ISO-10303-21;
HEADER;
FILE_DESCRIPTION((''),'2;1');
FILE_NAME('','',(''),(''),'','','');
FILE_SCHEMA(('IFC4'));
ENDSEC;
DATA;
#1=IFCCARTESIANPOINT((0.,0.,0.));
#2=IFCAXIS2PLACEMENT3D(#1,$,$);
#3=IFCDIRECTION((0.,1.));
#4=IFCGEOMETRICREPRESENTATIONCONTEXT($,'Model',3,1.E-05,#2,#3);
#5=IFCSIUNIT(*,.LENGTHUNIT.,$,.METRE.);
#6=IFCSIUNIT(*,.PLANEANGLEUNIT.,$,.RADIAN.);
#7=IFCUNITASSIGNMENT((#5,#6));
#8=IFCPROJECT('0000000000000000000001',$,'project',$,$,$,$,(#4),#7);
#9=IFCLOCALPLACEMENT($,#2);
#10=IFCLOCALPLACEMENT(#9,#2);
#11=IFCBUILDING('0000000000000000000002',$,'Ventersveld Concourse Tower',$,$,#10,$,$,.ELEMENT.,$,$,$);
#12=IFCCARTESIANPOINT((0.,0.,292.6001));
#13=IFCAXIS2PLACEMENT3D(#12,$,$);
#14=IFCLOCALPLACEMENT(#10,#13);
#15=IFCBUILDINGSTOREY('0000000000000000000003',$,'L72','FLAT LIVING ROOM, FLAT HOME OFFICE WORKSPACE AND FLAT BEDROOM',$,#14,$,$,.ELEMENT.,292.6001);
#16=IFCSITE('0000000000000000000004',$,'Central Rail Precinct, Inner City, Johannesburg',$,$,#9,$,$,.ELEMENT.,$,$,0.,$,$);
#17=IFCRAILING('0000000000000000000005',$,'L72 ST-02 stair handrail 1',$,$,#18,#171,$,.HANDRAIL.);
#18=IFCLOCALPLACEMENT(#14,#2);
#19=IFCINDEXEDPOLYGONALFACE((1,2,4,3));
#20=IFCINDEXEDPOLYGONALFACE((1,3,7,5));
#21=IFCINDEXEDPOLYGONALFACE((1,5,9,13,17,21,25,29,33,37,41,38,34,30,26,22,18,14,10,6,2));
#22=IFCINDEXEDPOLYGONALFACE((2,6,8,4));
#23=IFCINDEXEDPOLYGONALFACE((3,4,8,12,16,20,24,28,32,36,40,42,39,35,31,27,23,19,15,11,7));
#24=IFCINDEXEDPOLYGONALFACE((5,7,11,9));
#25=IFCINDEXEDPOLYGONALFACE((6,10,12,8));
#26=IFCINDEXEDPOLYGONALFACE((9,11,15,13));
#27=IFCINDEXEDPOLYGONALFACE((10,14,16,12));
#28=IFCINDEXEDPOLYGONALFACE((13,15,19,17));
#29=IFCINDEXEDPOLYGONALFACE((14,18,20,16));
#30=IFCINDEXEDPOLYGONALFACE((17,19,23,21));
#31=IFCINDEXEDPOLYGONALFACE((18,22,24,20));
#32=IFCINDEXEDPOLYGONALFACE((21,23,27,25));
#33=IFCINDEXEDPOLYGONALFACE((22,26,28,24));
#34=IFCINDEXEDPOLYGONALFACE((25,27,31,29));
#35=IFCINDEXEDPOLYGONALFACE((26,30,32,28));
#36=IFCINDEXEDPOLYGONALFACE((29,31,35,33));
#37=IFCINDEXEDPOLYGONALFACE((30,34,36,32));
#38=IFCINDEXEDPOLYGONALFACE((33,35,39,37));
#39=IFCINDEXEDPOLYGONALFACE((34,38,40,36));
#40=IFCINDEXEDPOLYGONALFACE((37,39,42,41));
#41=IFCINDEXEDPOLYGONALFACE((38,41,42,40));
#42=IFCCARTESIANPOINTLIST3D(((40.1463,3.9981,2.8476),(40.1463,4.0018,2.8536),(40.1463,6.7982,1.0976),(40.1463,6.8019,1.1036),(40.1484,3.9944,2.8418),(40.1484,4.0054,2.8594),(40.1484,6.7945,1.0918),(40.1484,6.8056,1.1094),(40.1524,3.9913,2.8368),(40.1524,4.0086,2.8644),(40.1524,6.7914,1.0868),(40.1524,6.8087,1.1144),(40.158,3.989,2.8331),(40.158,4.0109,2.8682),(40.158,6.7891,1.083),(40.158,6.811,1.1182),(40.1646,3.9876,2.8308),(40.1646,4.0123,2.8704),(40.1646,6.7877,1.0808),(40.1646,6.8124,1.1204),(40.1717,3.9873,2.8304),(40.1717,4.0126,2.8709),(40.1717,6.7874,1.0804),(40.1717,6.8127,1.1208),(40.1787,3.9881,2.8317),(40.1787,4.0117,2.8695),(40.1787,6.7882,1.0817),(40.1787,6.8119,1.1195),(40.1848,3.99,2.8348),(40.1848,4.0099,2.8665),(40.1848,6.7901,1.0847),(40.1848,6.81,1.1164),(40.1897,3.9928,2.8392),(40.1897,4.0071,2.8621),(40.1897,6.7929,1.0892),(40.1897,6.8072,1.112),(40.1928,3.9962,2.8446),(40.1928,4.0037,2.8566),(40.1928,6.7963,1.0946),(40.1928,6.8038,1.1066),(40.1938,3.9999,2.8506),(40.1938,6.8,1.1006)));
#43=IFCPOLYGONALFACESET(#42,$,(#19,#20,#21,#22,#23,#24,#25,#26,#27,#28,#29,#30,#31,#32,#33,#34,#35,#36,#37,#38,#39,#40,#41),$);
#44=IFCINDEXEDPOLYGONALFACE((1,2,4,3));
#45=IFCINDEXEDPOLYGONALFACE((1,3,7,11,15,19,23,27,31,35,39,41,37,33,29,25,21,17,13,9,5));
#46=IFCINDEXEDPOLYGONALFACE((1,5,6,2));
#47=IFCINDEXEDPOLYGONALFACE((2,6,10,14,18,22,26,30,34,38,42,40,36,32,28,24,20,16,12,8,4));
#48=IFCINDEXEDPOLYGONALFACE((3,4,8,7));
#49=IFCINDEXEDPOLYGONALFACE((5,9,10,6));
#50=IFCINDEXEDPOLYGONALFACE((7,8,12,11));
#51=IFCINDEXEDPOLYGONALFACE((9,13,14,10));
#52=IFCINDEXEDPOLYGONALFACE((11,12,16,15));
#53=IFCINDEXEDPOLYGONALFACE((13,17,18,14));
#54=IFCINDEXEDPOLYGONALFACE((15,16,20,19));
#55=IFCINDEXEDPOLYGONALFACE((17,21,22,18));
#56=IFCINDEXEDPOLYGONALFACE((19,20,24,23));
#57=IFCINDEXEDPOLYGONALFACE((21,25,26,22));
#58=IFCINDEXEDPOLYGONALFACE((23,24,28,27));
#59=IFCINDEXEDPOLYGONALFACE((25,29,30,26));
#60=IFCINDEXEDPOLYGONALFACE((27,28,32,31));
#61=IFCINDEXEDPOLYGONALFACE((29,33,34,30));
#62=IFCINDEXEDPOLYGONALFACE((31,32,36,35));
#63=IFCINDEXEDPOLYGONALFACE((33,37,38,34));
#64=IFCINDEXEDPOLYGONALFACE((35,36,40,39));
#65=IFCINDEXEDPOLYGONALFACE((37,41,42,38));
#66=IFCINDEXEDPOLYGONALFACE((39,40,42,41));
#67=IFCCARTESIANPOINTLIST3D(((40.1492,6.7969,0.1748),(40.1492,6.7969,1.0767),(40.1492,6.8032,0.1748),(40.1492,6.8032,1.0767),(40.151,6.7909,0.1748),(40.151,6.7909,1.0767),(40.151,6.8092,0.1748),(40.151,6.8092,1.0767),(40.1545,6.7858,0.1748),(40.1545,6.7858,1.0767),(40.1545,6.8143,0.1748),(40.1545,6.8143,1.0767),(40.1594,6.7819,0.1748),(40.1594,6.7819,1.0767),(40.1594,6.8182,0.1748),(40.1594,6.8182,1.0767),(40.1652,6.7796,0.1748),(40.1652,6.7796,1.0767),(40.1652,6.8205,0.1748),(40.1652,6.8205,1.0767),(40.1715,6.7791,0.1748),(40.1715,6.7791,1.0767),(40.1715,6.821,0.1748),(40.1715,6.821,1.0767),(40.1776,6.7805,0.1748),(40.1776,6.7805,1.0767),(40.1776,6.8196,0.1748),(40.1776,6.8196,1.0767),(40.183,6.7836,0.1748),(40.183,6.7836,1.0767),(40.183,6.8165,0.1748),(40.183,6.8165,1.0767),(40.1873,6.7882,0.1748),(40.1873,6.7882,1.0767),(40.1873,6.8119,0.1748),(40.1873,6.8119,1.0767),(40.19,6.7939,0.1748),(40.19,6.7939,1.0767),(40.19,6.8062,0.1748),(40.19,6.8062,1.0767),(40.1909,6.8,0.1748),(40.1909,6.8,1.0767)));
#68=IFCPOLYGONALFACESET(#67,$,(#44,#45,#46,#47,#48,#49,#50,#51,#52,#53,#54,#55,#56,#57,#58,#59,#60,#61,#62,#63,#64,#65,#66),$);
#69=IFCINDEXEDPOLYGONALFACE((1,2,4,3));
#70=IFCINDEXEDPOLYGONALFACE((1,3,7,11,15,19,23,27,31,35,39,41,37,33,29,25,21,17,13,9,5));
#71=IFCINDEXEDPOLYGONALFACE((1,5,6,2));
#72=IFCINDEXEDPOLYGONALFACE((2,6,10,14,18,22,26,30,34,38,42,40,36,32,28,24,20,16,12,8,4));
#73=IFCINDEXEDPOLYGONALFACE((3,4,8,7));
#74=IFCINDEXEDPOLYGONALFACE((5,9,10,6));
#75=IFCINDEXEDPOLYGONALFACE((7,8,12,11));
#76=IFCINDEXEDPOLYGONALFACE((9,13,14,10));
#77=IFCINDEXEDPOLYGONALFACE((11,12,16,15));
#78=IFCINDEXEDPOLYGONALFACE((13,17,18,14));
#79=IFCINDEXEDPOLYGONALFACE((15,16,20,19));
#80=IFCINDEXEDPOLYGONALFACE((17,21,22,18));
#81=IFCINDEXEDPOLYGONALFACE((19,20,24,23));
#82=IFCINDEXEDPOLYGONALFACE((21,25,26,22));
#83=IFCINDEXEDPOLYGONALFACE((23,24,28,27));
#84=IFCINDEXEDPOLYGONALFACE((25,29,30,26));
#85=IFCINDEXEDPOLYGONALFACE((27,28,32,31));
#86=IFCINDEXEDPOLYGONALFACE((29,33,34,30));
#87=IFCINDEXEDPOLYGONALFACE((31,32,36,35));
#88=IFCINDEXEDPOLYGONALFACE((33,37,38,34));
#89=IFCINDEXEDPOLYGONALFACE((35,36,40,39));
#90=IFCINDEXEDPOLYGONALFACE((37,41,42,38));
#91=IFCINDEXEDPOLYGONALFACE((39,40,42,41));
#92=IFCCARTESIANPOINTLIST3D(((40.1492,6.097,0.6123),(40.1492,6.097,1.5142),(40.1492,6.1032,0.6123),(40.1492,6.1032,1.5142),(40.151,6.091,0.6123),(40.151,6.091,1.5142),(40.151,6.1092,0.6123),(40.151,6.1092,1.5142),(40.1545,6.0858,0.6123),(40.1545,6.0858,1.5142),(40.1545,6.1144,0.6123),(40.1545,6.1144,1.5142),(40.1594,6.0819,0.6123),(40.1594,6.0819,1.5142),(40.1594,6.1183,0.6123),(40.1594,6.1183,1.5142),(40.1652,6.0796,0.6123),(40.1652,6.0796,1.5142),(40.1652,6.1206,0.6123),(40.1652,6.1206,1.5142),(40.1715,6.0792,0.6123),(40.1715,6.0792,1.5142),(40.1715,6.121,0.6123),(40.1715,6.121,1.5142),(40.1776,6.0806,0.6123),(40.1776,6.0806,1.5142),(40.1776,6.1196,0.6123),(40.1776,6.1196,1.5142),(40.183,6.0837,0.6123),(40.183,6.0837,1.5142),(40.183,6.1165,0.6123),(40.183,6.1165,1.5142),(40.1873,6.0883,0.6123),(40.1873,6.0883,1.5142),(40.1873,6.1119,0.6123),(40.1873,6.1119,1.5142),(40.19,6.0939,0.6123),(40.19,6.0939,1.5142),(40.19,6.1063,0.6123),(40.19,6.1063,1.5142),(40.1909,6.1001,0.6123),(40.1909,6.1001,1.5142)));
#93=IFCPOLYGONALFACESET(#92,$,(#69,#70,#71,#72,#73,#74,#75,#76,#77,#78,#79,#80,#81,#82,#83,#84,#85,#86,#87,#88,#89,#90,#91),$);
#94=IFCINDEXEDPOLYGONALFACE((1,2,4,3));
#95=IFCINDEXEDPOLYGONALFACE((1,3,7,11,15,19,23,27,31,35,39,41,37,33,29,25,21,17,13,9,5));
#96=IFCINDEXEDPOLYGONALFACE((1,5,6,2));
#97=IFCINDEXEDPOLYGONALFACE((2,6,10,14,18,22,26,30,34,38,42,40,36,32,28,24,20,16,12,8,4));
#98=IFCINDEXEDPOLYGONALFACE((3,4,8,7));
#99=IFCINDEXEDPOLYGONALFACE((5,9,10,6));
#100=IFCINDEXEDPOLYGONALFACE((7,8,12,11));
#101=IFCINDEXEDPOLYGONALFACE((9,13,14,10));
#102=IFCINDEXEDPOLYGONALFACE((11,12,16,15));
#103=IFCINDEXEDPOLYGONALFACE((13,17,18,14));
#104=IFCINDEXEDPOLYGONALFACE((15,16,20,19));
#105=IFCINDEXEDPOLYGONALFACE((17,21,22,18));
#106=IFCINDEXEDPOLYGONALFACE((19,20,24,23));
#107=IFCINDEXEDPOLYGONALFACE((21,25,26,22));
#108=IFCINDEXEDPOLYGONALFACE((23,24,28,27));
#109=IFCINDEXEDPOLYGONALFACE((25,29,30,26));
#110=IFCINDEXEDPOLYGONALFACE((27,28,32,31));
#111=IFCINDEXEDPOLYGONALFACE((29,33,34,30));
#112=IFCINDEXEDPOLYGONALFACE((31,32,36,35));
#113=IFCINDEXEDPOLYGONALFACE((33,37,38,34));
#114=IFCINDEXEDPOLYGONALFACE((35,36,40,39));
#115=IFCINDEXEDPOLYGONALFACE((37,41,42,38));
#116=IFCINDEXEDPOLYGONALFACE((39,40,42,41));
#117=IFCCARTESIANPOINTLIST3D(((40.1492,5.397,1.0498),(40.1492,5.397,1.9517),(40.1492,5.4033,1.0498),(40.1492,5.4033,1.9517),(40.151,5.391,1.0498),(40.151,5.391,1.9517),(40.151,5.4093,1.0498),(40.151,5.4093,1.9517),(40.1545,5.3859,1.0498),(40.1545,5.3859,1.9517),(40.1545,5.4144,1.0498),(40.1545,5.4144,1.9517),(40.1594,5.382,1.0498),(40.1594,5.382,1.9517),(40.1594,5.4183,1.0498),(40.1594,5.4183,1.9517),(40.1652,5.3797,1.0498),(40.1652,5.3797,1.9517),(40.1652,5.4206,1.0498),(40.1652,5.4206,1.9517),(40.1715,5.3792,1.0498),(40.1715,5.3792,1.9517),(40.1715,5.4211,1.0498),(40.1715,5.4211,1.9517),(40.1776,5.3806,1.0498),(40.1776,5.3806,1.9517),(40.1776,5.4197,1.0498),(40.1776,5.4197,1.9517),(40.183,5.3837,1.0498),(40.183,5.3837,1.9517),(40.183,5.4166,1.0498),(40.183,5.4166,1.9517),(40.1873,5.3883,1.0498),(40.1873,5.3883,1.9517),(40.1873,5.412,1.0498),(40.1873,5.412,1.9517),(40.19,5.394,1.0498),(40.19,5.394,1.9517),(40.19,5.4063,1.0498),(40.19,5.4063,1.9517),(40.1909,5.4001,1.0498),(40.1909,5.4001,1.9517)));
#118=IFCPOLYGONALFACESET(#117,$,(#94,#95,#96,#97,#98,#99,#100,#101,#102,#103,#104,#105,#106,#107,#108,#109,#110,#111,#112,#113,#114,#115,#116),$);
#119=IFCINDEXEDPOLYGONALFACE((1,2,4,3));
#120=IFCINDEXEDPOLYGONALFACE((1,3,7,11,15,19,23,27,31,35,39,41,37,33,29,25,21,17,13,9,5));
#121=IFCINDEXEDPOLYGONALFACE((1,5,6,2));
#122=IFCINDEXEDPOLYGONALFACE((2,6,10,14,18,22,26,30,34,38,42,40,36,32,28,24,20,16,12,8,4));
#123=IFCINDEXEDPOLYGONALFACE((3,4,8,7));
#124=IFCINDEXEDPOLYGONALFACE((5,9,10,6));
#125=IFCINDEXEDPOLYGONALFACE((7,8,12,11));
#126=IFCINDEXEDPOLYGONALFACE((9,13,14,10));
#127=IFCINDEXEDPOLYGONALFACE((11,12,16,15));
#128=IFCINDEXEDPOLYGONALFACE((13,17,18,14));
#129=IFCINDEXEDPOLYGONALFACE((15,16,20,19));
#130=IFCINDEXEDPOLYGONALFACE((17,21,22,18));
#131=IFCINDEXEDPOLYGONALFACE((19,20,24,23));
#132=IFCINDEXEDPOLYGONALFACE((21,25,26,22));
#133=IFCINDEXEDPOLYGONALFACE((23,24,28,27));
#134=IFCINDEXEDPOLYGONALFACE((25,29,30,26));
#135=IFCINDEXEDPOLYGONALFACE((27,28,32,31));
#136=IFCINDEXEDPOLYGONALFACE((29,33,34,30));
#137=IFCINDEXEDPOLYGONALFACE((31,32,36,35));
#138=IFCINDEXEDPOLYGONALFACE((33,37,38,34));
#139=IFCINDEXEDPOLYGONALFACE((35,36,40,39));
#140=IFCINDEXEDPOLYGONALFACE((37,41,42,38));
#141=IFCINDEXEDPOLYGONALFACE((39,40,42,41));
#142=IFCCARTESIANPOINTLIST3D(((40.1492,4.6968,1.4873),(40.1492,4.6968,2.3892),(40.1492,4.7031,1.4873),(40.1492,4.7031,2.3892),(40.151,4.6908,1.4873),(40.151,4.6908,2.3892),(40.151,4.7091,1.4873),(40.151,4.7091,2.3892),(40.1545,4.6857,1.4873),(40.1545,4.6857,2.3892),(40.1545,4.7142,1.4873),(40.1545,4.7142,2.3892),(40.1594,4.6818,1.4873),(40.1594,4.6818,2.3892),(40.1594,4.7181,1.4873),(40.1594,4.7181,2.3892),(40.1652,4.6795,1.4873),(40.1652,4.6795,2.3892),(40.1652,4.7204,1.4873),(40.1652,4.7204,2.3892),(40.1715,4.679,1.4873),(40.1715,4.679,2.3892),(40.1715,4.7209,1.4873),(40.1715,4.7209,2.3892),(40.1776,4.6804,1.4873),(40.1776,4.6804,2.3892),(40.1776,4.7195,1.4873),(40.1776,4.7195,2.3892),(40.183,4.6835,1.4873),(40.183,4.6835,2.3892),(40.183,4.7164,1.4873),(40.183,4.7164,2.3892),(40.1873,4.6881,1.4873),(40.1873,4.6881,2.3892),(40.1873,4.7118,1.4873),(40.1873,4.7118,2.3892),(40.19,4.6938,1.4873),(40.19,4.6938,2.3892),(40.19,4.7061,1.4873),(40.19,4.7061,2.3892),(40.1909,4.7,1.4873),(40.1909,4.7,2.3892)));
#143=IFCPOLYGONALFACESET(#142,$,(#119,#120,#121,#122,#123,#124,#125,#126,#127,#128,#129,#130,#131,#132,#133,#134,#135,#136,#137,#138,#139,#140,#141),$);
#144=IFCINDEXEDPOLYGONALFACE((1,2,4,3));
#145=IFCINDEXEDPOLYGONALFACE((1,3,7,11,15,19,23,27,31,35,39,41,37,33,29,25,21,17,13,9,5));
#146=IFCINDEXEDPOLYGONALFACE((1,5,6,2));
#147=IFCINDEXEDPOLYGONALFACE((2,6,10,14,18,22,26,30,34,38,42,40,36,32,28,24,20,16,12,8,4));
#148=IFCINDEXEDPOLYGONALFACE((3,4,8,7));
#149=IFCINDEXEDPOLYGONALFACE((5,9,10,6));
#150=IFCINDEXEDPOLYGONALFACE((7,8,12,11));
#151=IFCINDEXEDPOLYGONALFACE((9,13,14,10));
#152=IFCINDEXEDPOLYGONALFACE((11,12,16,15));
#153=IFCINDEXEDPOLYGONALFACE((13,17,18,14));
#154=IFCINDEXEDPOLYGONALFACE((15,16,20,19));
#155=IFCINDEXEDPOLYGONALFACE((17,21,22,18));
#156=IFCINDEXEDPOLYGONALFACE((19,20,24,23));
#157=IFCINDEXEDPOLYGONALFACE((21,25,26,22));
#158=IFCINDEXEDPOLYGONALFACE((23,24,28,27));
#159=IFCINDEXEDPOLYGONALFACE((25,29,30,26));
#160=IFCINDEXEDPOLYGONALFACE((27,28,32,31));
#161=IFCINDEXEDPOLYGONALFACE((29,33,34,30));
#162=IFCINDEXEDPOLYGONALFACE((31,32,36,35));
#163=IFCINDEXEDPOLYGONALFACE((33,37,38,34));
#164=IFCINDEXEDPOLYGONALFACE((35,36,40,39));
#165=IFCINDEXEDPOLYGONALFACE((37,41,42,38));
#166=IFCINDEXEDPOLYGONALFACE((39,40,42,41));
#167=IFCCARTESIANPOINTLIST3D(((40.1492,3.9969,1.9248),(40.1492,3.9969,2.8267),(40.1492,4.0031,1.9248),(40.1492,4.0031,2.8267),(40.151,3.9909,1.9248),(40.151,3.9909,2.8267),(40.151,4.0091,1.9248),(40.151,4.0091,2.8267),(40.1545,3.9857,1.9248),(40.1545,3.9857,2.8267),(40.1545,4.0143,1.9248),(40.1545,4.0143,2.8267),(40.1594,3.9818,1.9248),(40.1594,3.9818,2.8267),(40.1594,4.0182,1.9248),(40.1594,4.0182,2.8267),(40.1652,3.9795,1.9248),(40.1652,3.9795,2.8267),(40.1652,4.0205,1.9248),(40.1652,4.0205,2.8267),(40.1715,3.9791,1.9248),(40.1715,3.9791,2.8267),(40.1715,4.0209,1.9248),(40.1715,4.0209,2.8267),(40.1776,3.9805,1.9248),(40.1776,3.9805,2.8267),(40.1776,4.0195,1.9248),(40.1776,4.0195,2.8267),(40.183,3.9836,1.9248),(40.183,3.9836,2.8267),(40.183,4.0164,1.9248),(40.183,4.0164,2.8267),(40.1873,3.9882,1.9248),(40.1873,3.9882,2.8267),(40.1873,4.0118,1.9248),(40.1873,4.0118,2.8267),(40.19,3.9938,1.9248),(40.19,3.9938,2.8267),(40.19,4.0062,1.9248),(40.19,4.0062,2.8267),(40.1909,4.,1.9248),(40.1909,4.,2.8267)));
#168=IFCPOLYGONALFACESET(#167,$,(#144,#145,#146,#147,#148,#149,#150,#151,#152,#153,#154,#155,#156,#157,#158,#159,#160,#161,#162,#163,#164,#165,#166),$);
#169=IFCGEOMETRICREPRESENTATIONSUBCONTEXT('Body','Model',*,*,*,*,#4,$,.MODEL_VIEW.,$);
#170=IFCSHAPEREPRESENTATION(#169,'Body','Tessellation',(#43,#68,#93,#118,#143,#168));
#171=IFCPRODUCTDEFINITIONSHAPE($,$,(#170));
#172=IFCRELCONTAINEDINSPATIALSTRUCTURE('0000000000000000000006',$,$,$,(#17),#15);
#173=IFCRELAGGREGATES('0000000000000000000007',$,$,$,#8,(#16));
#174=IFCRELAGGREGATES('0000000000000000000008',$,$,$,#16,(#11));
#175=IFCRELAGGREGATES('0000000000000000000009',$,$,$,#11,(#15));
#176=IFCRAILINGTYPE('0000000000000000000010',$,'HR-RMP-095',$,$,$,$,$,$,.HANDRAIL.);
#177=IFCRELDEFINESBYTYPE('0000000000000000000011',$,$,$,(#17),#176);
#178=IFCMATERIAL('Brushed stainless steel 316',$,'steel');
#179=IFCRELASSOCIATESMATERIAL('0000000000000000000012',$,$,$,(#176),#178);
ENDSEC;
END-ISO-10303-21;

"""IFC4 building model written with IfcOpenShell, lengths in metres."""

from ifc_helpers import new_model, si_unit, direction, frame, origin, origin_2d, place, context, subcontext, project, spatial, circle, extrude, material, type_object, element, save


model = new_model("IFC4")

# Units and contexts
model_context = context("Model", 3, precision=1e-05, world=origin(), true_north=direction((0.0, 1.0)))
body_context = subcontext(model_context, "Body", "Model", "MODEL_VIEW")
ifc_project = project(units=[si_unit("LENGTHUNIT", "METRE"), si_unit("PLANEANGLEUNIT", "RADIAN")], contexts=[model_context])

# Site, building, storey
site_placement = place(None, origin())
site = spatial("IfcSite", under=ifc_project, at=site_placement, Name="Central Rail Precinct, Inner City, Johannesburg", CompositionType="ELEMENT", RefElevation=0.0)
building_placement = place(site_placement, origin())
building = spatial("IfcBuilding", under=site, at=building_placement, Name="Ventersveld Concourse Tower", CompositionType="ELEMENT")
storey_placement = place(building_placement, frame((0.0, 0.0, 292.6001)))
storey = spatial("IfcBuildingStorey", under=building, at=storey_placement, Name="L72", Description="FLAT LIVING ROOM, FLAT HOME OFFICE WORKSPACE AND FLAT BEDROOM", CompositionType="ELEMENT", Elevation=292.6001)

# Shared definitions
ifc_material_1 = material(Name="Brushed stainless steel 316", Category="steel")

# Railing
railing_type_1 = type_object("IfcRailingType", Name="HR-RMP-095", PredefinedType="HANDRAIL", material=ifc_material_1)
railing_1_placement = place(storey_placement, frame((40.1699, 6.8, 0.1748)))
element("IfcRailing", 1, at=railing_1_placement, inside=storey, type_object=railing_type_1, Name="L72 ST-02 stair handrail 1", PredefinedType="HANDRAIL", context=body_context, shape_type="SweptSolid", body=[
    extrude(circle(Radius=0.0239, at=origin_2d()), frame((0.0, 0.0, 0.9258), z_axis=(0.0, -0.848002, 0.529992), x_axis=(1.0, 0.0, 0.0)), (0.0, 0.0, 1.0), 3.302),
    extrude(circle(Radius=0.021, at=origin_2d()), origin(), (0.0, 0.0, 1.0), 0.9019),
    extrude(circle(Radius=0.021, at=origin_2d()), frame((0.0, -0.7, 0.4375)), (0.0, 0.0, 1.0), 0.9019),
    extrude(circle(Radius=0.021, at=origin_2d()), frame((0.0, -1.3999, 0.875)), (0.0, 0.0, 1.0), 0.9019),
    extrude(circle(Radius=0.021, at=origin_2d()), frame((0.0, -2.1001, 1.3125)), (0.0, 0.0, 1.0), 0.9019),
    extrude(circle(Radius=0.021, at=origin_2d()), frame((0.0, -2.8, 1.75)), (0.0, 0.0, 1.0), 0.9019),
])

save(model, "model.ifc")
